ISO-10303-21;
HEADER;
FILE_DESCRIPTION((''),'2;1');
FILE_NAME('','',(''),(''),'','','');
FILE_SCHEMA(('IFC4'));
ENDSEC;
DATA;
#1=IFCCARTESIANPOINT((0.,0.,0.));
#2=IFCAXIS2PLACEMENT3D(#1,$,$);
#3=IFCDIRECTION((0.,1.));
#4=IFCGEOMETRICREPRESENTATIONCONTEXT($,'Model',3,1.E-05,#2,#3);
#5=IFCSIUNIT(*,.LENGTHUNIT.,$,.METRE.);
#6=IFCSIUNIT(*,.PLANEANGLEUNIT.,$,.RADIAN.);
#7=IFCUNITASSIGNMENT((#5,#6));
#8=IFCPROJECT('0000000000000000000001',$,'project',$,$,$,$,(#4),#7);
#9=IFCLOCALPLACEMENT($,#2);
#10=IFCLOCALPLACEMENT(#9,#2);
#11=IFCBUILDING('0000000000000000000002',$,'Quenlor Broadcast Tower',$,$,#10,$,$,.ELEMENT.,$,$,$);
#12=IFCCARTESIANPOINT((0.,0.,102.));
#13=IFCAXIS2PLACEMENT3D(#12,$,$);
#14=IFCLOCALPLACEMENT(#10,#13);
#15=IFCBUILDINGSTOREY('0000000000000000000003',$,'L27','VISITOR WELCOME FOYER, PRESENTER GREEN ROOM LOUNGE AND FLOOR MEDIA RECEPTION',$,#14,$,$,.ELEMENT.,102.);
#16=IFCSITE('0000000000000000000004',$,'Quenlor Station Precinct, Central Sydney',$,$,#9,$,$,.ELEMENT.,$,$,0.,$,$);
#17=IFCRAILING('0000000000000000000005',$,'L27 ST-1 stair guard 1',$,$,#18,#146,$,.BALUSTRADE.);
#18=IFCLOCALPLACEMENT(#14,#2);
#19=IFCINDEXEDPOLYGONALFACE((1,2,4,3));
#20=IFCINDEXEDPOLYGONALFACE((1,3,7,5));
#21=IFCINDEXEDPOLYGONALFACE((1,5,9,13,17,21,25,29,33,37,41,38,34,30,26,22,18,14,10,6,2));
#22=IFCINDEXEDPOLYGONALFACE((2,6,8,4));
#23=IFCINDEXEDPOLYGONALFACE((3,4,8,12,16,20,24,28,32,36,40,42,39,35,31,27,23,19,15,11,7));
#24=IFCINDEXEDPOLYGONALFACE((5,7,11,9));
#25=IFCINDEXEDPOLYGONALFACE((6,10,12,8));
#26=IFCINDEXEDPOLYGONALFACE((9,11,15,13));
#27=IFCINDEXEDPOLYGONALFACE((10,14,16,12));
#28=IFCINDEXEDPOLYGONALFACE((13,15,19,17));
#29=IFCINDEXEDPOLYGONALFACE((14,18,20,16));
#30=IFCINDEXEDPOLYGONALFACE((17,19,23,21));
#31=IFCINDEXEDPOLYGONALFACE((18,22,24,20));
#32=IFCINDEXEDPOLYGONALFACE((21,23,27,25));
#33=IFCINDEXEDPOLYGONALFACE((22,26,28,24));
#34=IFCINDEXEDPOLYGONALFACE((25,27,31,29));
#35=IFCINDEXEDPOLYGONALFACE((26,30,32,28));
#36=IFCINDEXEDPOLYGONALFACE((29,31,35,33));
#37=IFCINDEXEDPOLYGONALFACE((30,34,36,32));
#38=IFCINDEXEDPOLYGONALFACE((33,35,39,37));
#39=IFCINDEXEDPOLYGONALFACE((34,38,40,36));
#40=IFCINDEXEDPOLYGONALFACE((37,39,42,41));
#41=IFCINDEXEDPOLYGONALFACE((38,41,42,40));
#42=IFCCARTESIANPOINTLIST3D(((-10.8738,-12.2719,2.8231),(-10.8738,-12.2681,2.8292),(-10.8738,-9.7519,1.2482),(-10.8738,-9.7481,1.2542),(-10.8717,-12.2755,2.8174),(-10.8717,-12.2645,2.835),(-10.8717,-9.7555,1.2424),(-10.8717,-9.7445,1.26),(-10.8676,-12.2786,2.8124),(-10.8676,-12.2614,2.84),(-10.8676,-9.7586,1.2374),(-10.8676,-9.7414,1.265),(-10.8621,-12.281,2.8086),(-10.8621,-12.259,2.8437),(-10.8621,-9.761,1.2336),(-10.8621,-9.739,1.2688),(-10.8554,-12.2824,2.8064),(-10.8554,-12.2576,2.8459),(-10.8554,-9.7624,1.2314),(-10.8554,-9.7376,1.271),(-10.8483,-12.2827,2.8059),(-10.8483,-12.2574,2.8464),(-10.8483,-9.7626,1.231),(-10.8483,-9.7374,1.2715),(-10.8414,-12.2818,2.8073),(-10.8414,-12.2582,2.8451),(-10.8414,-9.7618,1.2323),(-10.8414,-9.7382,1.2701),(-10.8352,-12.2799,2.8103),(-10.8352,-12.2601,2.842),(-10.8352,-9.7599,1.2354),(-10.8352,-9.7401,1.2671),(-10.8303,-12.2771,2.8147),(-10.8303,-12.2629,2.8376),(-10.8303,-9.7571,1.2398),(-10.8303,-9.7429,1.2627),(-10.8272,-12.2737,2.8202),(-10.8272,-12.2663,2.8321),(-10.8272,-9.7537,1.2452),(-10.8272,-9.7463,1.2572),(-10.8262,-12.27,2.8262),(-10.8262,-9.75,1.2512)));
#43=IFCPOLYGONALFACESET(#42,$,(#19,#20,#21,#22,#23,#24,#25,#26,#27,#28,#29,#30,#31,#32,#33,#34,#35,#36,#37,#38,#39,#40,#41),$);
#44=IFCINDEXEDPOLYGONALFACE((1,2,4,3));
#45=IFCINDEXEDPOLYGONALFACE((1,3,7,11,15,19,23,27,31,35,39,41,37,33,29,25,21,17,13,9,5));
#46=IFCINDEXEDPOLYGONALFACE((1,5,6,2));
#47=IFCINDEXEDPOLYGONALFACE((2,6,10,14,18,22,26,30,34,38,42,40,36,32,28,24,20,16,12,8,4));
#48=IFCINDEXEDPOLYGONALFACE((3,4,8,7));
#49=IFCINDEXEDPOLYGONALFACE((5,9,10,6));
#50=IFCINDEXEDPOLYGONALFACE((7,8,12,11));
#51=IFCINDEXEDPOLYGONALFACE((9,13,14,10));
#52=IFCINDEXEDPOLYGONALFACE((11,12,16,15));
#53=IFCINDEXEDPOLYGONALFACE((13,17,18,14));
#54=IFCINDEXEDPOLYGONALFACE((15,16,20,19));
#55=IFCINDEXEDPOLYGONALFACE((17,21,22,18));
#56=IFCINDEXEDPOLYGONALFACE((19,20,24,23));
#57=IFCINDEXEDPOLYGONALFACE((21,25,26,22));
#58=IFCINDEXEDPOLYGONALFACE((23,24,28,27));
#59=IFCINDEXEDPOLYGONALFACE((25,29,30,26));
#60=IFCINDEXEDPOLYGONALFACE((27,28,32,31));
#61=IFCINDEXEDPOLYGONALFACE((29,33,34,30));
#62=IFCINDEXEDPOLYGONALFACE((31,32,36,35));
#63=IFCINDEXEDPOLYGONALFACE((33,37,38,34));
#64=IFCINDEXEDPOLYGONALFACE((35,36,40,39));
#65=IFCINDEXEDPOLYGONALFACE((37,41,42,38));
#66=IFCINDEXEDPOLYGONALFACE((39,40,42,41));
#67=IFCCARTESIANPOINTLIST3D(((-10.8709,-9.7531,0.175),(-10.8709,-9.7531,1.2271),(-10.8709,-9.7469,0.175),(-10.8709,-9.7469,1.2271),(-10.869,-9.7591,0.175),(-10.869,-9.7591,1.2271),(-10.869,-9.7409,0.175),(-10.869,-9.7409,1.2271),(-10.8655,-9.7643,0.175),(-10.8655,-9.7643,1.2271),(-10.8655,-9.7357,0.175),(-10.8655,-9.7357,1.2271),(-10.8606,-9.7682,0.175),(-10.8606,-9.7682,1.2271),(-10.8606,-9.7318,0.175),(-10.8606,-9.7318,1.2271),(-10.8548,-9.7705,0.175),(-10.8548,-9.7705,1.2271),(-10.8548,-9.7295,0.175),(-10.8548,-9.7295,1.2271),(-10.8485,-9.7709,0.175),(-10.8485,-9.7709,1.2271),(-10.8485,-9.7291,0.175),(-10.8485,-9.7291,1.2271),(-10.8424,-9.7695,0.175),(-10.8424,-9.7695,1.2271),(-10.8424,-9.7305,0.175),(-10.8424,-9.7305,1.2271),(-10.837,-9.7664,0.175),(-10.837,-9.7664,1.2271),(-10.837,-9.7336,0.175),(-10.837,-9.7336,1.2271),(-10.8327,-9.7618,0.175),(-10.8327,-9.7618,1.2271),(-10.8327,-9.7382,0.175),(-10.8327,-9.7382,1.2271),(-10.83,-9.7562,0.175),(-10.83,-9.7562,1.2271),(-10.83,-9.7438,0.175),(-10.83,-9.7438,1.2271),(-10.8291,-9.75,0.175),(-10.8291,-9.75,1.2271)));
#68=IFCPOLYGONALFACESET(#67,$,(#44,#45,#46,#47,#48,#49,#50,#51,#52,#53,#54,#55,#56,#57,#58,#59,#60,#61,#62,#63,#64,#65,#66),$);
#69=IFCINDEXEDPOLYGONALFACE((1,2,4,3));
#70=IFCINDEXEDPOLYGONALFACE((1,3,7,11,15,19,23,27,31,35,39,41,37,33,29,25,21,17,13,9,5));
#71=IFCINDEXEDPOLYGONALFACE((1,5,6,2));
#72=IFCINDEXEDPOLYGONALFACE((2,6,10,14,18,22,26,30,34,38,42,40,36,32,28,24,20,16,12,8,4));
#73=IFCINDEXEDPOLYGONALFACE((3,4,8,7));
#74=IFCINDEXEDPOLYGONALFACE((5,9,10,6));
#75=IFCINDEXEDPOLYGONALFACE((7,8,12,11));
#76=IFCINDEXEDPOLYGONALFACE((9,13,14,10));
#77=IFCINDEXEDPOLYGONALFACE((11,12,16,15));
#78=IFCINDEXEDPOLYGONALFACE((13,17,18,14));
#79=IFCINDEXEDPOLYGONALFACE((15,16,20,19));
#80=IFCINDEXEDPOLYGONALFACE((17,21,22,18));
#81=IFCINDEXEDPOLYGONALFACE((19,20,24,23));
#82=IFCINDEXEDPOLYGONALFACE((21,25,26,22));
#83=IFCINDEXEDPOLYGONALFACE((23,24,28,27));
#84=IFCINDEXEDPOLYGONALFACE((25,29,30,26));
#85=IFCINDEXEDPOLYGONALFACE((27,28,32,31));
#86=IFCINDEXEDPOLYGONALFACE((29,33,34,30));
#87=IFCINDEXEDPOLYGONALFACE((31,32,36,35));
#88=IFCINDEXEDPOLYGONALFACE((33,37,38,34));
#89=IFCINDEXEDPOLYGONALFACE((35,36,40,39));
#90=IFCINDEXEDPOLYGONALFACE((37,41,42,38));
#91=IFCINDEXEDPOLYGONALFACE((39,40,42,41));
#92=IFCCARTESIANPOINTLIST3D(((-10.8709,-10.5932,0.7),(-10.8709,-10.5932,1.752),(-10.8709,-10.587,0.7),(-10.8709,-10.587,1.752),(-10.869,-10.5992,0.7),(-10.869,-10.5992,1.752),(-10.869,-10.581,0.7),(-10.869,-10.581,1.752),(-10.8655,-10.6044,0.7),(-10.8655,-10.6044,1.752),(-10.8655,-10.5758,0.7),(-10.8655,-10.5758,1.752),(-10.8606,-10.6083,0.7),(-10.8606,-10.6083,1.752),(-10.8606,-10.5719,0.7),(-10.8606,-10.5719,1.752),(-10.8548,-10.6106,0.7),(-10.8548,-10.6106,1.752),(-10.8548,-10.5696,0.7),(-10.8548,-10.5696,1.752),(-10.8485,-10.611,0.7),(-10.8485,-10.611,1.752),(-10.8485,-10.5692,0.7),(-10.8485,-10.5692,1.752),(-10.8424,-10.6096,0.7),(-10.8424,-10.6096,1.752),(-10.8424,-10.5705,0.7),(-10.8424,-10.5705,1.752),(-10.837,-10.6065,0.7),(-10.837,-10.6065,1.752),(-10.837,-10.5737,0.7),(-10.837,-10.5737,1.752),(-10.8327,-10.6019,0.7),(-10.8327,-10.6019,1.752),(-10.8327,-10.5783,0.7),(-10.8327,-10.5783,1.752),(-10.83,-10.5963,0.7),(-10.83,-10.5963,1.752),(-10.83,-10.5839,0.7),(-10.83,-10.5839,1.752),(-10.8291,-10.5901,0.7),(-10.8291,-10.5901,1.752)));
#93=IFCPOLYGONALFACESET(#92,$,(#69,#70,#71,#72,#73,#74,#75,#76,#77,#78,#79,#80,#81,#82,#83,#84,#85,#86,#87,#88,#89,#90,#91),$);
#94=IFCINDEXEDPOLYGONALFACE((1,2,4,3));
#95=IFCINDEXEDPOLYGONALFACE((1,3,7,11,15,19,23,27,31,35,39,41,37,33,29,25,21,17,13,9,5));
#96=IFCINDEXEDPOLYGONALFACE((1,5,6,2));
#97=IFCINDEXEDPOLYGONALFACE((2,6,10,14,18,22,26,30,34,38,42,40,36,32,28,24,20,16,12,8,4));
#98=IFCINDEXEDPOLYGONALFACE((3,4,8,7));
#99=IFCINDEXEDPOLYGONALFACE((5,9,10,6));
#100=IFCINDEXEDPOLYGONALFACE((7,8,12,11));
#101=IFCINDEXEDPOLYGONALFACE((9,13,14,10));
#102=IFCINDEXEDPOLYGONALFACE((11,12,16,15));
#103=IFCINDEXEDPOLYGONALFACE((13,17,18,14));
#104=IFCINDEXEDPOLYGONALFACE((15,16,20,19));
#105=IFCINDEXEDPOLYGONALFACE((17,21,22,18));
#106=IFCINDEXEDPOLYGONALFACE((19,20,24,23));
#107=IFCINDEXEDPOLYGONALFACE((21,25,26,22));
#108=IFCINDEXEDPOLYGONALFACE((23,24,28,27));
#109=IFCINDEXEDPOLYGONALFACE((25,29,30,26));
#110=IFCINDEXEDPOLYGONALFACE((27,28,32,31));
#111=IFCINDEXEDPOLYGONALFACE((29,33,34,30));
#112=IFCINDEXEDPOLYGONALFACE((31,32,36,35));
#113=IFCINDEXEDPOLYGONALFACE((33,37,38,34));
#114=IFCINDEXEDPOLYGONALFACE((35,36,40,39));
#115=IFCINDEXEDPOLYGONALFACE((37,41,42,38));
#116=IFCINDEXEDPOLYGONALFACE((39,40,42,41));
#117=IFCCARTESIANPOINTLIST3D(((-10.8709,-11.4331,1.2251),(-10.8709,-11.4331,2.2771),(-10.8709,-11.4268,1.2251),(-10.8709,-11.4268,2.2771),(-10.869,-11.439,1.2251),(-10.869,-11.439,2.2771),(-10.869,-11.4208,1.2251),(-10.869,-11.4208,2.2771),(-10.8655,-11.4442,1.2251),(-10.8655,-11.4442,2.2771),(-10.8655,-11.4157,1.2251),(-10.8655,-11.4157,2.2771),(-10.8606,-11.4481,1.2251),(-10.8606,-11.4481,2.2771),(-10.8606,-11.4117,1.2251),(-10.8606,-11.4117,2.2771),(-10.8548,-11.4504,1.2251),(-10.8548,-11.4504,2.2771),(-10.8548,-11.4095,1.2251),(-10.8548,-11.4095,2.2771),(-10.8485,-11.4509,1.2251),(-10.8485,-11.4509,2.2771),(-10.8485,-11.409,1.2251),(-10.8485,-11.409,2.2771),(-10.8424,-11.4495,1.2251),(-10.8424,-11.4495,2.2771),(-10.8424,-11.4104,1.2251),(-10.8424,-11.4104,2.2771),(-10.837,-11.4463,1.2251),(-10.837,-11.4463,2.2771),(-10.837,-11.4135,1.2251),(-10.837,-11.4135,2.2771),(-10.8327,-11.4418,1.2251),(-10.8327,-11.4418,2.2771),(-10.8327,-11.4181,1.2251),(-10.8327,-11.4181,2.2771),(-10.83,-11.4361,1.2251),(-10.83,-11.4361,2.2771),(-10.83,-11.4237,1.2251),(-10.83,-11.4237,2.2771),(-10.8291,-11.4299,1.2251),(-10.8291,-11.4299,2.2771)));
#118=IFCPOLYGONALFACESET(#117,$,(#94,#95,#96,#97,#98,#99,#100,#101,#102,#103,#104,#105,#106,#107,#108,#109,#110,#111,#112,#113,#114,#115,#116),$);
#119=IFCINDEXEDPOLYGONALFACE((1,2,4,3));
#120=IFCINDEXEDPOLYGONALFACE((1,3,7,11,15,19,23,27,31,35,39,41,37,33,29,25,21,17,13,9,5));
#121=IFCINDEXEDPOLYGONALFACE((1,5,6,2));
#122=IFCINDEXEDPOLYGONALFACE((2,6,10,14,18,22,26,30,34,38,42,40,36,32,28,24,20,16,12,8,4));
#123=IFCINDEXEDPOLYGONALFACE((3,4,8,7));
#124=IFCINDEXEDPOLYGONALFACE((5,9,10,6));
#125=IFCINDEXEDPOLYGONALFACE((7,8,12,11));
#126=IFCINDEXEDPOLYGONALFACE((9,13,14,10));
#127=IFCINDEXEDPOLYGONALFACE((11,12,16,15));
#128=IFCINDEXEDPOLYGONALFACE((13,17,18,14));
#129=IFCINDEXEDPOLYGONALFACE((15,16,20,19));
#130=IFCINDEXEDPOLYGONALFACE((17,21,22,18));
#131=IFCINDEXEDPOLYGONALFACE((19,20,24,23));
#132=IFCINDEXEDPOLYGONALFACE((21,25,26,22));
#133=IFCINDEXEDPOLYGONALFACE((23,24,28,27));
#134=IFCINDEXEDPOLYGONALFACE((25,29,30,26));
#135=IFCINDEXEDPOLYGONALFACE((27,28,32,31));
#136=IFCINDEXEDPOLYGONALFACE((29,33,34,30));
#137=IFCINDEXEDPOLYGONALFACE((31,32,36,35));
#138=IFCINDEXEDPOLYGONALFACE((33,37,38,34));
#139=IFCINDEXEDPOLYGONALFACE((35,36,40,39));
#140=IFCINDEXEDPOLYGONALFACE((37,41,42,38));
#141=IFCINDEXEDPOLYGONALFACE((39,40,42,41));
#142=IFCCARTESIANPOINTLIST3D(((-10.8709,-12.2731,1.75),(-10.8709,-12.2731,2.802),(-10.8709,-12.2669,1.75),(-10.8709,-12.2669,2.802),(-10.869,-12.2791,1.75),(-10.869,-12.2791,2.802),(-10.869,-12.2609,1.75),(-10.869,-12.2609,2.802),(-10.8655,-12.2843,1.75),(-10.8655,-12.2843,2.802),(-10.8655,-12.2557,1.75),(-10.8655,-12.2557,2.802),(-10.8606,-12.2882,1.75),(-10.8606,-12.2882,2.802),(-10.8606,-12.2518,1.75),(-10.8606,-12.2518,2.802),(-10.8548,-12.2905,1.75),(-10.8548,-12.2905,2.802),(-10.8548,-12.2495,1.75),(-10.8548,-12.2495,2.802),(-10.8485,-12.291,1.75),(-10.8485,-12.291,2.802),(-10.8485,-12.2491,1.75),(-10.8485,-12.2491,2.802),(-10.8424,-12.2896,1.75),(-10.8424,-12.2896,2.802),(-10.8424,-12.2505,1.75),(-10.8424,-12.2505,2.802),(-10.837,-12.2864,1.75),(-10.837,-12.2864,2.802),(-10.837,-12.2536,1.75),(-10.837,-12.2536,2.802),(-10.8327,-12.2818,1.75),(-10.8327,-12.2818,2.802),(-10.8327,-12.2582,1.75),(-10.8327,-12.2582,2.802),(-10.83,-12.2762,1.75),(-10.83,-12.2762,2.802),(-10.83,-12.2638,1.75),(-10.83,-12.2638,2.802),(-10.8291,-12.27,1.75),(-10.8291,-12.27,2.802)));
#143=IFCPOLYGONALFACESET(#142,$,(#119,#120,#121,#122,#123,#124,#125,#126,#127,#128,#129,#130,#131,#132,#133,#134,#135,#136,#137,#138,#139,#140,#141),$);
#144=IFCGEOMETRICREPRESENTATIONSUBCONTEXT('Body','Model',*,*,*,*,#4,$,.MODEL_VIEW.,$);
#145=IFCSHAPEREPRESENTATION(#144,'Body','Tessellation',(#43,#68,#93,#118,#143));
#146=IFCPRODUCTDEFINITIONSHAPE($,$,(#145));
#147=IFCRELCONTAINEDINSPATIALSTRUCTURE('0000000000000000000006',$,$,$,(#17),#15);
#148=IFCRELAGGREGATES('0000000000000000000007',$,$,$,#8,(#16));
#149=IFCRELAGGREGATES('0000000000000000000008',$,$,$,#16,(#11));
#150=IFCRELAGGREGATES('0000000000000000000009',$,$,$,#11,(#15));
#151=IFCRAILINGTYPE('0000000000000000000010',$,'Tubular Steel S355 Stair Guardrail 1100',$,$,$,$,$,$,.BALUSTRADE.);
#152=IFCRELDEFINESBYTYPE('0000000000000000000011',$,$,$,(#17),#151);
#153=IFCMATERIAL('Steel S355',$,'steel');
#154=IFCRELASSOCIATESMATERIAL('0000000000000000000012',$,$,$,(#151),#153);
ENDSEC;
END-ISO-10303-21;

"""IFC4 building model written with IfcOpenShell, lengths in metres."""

from ifc_helpers import new_model, si_unit, direction, frame, origin, origin_2d, place, context, subcontext, project, spatial, circle, extrude, material, type_object, element, save


model = new_model("IFC4")

# Units and contexts
model_context = context("Model", 3, precision=1e-05, world=origin(), true_north=direction((0.0, 1.0)))
body_context = subcontext(model_context, "Body", "Model", "MODEL_VIEW")
ifc_project = project(units=[si_unit("LENGTHUNIT", "METRE"), si_unit("PLANEANGLEUNIT", "RADIAN")], contexts=[model_context])

# Site, building, storey
site_placement = place(None, origin())
site = spatial("IfcSite", under=ifc_project, at=site_placement, Name="Quenlor Station Precinct, Central Sydney", CompositionType="ELEMENT", RefElevation=0.0)
building_placement = place(site_placement, origin())
building = spatial("IfcBuilding", under=site, at=building_placement, Name="Quenlor Broadcast Tower", CompositionType="ELEMENT")
storey_placement = place(building_placement, frame((0.0, 0.0, 102.0)))
storey = spatial("IfcBuildingStorey", under=building, at=storey_placement, Name="L27", Description="VISITOR WELCOME FOYER, PRESENTER GREEN ROOM LOUNGE AND FLOOR MEDIA RECEPTION", CompositionType="ELEMENT", Elevation=102.0)

# Railing
ifc_material_1 = material(Name="Steel S355", Category="steel")
railing_type_1 = type_object("IfcRailingType", Name="Tubular Steel S355 Stair Guardrail 1100", PredefinedType="BALUSTRADE", material=ifc_material_1)
railing_1_placement = place(storey_placement, frame((-10.8501, -9.75, 0.175)))
element("IfcRailing", 1, at=railing_1_placement, inside=storey, type_object=railing_type_1, Name="L27 ST-1 stair guard 1", PredefinedType="BALUSTRADE", context=body_context, shape_type="SweptSolid", body=[
    extrude(circle(Radius=0.0239, at=origin_2d()), frame((0.0, 0.0, 1.0762), z_axis=(0.0, -0.848008, 0.529984), x_axis=(1.0, 0.0, 0.0)), (0.0, 0.0, 1.0), 2.9717),
    extrude(circle(Radius=0.021, at=origin_2d()), origin(), (0.0, 0.0, 1.0), 1.052),
    extrude(circle(Radius=0.021, at=origin_2d()), frame((0.0, -0.8401, 0.5249)), (0.0, 0.0, 1.0), 1.052),
    extrude(circle(Radius=0.021, at=origin_2d()), frame((0.0, -1.6799, 1.05)), (0.0, 0.0, 1.0), 1.052),
    extrude(circle(Radius=0.021, at=origin_2d()), frame((0.0, -2.52, 1.575)), (0.0, 0.0, 1.0), 1.052),
])

save(model, "model.ifc")
